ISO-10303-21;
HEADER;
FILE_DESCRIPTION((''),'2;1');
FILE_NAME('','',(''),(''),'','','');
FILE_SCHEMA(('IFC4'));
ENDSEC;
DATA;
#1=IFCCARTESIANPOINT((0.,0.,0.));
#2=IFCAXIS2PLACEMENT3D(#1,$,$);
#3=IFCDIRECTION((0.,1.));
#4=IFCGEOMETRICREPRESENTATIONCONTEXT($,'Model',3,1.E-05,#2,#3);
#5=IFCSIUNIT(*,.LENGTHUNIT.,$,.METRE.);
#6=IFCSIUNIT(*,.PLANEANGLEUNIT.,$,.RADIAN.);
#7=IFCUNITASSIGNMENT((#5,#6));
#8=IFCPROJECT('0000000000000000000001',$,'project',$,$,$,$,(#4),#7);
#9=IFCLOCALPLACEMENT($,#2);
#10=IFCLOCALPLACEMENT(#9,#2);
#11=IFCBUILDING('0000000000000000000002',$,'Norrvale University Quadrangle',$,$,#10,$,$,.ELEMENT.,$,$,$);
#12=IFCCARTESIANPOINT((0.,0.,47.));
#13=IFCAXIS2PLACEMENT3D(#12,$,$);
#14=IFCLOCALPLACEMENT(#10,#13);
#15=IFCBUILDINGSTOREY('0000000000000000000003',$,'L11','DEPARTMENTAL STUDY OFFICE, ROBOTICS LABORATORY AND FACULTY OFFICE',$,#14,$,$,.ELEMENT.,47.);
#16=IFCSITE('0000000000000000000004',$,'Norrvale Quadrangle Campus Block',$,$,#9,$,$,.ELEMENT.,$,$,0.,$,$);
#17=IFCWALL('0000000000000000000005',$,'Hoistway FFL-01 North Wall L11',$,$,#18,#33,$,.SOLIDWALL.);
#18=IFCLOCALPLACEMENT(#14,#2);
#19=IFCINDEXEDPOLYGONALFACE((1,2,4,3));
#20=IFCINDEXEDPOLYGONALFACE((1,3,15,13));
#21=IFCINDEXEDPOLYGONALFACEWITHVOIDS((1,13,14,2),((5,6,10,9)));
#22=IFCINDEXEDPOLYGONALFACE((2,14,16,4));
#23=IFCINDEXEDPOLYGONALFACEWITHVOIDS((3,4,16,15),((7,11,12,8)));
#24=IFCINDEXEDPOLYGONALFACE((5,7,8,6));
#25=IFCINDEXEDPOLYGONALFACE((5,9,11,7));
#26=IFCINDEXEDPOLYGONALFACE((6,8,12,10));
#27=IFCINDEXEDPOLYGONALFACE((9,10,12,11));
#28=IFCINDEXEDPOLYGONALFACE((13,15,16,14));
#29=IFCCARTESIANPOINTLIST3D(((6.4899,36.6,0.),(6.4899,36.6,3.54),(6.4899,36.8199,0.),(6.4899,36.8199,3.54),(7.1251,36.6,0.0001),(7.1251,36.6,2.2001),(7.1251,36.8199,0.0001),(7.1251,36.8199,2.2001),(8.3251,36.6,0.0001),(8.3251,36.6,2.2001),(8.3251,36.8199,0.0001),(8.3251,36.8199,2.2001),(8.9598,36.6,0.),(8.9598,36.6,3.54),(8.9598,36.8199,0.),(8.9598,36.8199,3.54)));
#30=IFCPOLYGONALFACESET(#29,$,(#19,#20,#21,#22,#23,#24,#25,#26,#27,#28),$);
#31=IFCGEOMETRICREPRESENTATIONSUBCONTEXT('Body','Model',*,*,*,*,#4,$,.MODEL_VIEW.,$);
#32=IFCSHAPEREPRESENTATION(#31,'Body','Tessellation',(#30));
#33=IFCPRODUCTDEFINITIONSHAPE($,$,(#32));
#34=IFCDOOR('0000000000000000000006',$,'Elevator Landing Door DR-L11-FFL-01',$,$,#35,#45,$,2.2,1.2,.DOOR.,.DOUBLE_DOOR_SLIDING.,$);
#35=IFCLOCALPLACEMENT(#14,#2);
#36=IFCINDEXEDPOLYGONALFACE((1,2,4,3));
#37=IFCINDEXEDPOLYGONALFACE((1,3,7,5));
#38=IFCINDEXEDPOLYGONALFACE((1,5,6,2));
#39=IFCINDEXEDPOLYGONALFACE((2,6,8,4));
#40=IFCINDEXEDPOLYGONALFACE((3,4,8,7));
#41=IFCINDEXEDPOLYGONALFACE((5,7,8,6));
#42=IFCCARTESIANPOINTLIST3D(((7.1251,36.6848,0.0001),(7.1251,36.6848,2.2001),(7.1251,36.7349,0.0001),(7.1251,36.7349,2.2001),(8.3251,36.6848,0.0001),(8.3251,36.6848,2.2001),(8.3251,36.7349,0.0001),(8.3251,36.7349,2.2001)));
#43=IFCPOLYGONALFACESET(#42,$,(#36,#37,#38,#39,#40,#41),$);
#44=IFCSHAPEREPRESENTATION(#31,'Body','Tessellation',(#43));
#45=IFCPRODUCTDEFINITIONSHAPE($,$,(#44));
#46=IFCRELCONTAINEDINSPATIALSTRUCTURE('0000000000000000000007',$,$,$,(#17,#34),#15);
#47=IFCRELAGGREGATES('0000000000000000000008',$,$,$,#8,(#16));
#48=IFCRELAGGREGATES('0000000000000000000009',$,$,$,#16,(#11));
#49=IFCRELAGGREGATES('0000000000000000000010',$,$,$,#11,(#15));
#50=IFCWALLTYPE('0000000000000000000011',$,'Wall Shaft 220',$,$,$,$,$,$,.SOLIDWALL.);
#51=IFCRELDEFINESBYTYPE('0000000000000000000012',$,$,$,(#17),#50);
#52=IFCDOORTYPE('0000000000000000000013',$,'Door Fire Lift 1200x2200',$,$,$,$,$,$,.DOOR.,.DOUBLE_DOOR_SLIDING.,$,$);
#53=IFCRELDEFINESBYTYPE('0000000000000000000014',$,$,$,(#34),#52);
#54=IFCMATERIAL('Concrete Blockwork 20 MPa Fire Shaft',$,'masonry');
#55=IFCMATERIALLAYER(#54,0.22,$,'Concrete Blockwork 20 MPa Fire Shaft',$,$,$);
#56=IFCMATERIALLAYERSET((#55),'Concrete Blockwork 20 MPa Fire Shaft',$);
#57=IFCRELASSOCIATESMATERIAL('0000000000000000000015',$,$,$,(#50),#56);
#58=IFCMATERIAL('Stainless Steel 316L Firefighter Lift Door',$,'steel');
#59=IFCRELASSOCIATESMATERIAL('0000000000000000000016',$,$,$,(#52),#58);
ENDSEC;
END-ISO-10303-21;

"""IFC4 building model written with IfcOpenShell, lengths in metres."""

from ifc_helpers import new_model, si_unit, direction, frame, frame_2d, origin, place, context, subcontext, project, spatial, rectangle, extrude, material, layer, layer_set, type_object, element, fill, save


model = new_model("IFC4")

# Units and contexts
model_context = context("Model", 3, precision=1e-05, world=origin(), true_north=direction((0.0, 1.0)))
body_context = subcontext(model_context, "Body", "Model", "MODEL_VIEW")
ifc_project = project(units=[si_unit("LENGTHUNIT", "METRE"), si_unit("PLANEANGLEUNIT", "RADIAN")], contexts=[model_context])

# Site, building, storey
site_placement = place(None, origin())
site = spatial("IfcSite", under=ifc_project, at=site_placement, Name="Norrvale Quadrangle Campus Block", CompositionType="ELEMENT", RefElevation=0.0)
building_placement = place(site_placement, origin())
building = spatial("IfcBuilding", under=site, at=building_placement, Name="Norrvale University Quadrangle", CompositionType="ELEMENT")
storey_placement = place(building_placement, frame((0.0, 0.0, 47.0)))
storey = spatial("IfcBuildingStorey", under=building, at=storey_placement, Name="L11", Description="DEPARTMENTAL STUDY OFFICE, ROBOTICS LABORATORY AND FACULTY OFFICE", CompositionType="ELEMENT", Elevation=47.0)

# Shared definitions
ifc_material_1 = material(Name="Concrete Blockwork 20 MPa Fire Shaft", Category="masonry")
ifc_layer_1 = layer(ifc_material_1, 0.22, Name="Concrete Blockwork 20 MPa Fire Shaft")
ifc_layer_set_1 = layer_set([ifc_layer_1], Name="Concrete Blockwork 20 MPa Fire Shaft")
wall_type_1 = type_object("IfcWallType", Name="Wall Shaft 220", PredefinedType="SOLIDWALL", material=ifc_layer_set_1)

# Wall, opening, door
wall_1_placement = place(storey_placement, frame((6.49, 36.71, 0.0), z_axis=(0.0, 0.0, 1.0), x_axis=(1.0, 0.0, 0.0)))
wall_1 = element("IfcWall", 1, at=wall_1_placement, inside=storey, type_object=wall_type_1, Name="Hoistway FFL-01 North Wall L11", PredefinedType="SOLIDWALL", context=body_context, shape_type="SweptSolid", body=[
    extrude(rectangle(XDim=2.47, YDim=0.22, at=frame_2d((1.2349, 0.0))), origin(), (0.0, 0.0, 1.0), 3.54),
])
opening_1_placement = place(wall_1_placement, frame((0.635, 0.0, 0.0)))
opening_1 = element("IfcOpeningElement", 2, at=opening_1_placement, cuts=wall_1, PredefinedType="OPENING", context=body_context, shape_type="SweptSolid", body=[
    extrude(rectangle(XDim=1.2, YDim=2.2, at=frame_2d((0.6001, 1.1001))), frame((0.0, 0.1221, 0.0), z_axis=(0.0, -1.0, 0.0), x_axis=(1.0, 0.0, 0.0)), (0.0, 0.0, 1.0), 0.2439),
])
ifc_material_2 = material(Name="Stainless Steel 316L Firefighter Lift Door", Category="steel")
door_type_1 = type_object("IfcDoorType", Name="Door Fire Lift 1200x2200", OperationType="DOUBLE_DOOR_SLIDING", PredefinedType="DOOR", material=ifc_material_2)
door_1_placement = place(opening_1_placement, origin())
door_1 = element("IfcDoor", 3, at=door_1_placement, inside=storey, type_object=door_type_1, Name="Elevator Landing Door DR-L11-FFL-01", OperationType="DOUBLE_DOOR_SLIDING", OverallHeight=2.2, OverallWidth=1.2, PredefinedType="DOOR", context=body_context, shape_type="SweptSolid", body=[
    extrude(rectangle(XDim=1.2, YDim=2.2, at=frame_2d((0.6001, 1.1001))), frame((0.0, 0.0249, 0.0), z_axis=(0.0, -1.0, 0.0), x_axis=(1.0, 0.0, 0.0)), (0.0, 0.0, 1.0), 0.05),
])
fill(opening_1, door_1)

save(model, "model.ifc")
